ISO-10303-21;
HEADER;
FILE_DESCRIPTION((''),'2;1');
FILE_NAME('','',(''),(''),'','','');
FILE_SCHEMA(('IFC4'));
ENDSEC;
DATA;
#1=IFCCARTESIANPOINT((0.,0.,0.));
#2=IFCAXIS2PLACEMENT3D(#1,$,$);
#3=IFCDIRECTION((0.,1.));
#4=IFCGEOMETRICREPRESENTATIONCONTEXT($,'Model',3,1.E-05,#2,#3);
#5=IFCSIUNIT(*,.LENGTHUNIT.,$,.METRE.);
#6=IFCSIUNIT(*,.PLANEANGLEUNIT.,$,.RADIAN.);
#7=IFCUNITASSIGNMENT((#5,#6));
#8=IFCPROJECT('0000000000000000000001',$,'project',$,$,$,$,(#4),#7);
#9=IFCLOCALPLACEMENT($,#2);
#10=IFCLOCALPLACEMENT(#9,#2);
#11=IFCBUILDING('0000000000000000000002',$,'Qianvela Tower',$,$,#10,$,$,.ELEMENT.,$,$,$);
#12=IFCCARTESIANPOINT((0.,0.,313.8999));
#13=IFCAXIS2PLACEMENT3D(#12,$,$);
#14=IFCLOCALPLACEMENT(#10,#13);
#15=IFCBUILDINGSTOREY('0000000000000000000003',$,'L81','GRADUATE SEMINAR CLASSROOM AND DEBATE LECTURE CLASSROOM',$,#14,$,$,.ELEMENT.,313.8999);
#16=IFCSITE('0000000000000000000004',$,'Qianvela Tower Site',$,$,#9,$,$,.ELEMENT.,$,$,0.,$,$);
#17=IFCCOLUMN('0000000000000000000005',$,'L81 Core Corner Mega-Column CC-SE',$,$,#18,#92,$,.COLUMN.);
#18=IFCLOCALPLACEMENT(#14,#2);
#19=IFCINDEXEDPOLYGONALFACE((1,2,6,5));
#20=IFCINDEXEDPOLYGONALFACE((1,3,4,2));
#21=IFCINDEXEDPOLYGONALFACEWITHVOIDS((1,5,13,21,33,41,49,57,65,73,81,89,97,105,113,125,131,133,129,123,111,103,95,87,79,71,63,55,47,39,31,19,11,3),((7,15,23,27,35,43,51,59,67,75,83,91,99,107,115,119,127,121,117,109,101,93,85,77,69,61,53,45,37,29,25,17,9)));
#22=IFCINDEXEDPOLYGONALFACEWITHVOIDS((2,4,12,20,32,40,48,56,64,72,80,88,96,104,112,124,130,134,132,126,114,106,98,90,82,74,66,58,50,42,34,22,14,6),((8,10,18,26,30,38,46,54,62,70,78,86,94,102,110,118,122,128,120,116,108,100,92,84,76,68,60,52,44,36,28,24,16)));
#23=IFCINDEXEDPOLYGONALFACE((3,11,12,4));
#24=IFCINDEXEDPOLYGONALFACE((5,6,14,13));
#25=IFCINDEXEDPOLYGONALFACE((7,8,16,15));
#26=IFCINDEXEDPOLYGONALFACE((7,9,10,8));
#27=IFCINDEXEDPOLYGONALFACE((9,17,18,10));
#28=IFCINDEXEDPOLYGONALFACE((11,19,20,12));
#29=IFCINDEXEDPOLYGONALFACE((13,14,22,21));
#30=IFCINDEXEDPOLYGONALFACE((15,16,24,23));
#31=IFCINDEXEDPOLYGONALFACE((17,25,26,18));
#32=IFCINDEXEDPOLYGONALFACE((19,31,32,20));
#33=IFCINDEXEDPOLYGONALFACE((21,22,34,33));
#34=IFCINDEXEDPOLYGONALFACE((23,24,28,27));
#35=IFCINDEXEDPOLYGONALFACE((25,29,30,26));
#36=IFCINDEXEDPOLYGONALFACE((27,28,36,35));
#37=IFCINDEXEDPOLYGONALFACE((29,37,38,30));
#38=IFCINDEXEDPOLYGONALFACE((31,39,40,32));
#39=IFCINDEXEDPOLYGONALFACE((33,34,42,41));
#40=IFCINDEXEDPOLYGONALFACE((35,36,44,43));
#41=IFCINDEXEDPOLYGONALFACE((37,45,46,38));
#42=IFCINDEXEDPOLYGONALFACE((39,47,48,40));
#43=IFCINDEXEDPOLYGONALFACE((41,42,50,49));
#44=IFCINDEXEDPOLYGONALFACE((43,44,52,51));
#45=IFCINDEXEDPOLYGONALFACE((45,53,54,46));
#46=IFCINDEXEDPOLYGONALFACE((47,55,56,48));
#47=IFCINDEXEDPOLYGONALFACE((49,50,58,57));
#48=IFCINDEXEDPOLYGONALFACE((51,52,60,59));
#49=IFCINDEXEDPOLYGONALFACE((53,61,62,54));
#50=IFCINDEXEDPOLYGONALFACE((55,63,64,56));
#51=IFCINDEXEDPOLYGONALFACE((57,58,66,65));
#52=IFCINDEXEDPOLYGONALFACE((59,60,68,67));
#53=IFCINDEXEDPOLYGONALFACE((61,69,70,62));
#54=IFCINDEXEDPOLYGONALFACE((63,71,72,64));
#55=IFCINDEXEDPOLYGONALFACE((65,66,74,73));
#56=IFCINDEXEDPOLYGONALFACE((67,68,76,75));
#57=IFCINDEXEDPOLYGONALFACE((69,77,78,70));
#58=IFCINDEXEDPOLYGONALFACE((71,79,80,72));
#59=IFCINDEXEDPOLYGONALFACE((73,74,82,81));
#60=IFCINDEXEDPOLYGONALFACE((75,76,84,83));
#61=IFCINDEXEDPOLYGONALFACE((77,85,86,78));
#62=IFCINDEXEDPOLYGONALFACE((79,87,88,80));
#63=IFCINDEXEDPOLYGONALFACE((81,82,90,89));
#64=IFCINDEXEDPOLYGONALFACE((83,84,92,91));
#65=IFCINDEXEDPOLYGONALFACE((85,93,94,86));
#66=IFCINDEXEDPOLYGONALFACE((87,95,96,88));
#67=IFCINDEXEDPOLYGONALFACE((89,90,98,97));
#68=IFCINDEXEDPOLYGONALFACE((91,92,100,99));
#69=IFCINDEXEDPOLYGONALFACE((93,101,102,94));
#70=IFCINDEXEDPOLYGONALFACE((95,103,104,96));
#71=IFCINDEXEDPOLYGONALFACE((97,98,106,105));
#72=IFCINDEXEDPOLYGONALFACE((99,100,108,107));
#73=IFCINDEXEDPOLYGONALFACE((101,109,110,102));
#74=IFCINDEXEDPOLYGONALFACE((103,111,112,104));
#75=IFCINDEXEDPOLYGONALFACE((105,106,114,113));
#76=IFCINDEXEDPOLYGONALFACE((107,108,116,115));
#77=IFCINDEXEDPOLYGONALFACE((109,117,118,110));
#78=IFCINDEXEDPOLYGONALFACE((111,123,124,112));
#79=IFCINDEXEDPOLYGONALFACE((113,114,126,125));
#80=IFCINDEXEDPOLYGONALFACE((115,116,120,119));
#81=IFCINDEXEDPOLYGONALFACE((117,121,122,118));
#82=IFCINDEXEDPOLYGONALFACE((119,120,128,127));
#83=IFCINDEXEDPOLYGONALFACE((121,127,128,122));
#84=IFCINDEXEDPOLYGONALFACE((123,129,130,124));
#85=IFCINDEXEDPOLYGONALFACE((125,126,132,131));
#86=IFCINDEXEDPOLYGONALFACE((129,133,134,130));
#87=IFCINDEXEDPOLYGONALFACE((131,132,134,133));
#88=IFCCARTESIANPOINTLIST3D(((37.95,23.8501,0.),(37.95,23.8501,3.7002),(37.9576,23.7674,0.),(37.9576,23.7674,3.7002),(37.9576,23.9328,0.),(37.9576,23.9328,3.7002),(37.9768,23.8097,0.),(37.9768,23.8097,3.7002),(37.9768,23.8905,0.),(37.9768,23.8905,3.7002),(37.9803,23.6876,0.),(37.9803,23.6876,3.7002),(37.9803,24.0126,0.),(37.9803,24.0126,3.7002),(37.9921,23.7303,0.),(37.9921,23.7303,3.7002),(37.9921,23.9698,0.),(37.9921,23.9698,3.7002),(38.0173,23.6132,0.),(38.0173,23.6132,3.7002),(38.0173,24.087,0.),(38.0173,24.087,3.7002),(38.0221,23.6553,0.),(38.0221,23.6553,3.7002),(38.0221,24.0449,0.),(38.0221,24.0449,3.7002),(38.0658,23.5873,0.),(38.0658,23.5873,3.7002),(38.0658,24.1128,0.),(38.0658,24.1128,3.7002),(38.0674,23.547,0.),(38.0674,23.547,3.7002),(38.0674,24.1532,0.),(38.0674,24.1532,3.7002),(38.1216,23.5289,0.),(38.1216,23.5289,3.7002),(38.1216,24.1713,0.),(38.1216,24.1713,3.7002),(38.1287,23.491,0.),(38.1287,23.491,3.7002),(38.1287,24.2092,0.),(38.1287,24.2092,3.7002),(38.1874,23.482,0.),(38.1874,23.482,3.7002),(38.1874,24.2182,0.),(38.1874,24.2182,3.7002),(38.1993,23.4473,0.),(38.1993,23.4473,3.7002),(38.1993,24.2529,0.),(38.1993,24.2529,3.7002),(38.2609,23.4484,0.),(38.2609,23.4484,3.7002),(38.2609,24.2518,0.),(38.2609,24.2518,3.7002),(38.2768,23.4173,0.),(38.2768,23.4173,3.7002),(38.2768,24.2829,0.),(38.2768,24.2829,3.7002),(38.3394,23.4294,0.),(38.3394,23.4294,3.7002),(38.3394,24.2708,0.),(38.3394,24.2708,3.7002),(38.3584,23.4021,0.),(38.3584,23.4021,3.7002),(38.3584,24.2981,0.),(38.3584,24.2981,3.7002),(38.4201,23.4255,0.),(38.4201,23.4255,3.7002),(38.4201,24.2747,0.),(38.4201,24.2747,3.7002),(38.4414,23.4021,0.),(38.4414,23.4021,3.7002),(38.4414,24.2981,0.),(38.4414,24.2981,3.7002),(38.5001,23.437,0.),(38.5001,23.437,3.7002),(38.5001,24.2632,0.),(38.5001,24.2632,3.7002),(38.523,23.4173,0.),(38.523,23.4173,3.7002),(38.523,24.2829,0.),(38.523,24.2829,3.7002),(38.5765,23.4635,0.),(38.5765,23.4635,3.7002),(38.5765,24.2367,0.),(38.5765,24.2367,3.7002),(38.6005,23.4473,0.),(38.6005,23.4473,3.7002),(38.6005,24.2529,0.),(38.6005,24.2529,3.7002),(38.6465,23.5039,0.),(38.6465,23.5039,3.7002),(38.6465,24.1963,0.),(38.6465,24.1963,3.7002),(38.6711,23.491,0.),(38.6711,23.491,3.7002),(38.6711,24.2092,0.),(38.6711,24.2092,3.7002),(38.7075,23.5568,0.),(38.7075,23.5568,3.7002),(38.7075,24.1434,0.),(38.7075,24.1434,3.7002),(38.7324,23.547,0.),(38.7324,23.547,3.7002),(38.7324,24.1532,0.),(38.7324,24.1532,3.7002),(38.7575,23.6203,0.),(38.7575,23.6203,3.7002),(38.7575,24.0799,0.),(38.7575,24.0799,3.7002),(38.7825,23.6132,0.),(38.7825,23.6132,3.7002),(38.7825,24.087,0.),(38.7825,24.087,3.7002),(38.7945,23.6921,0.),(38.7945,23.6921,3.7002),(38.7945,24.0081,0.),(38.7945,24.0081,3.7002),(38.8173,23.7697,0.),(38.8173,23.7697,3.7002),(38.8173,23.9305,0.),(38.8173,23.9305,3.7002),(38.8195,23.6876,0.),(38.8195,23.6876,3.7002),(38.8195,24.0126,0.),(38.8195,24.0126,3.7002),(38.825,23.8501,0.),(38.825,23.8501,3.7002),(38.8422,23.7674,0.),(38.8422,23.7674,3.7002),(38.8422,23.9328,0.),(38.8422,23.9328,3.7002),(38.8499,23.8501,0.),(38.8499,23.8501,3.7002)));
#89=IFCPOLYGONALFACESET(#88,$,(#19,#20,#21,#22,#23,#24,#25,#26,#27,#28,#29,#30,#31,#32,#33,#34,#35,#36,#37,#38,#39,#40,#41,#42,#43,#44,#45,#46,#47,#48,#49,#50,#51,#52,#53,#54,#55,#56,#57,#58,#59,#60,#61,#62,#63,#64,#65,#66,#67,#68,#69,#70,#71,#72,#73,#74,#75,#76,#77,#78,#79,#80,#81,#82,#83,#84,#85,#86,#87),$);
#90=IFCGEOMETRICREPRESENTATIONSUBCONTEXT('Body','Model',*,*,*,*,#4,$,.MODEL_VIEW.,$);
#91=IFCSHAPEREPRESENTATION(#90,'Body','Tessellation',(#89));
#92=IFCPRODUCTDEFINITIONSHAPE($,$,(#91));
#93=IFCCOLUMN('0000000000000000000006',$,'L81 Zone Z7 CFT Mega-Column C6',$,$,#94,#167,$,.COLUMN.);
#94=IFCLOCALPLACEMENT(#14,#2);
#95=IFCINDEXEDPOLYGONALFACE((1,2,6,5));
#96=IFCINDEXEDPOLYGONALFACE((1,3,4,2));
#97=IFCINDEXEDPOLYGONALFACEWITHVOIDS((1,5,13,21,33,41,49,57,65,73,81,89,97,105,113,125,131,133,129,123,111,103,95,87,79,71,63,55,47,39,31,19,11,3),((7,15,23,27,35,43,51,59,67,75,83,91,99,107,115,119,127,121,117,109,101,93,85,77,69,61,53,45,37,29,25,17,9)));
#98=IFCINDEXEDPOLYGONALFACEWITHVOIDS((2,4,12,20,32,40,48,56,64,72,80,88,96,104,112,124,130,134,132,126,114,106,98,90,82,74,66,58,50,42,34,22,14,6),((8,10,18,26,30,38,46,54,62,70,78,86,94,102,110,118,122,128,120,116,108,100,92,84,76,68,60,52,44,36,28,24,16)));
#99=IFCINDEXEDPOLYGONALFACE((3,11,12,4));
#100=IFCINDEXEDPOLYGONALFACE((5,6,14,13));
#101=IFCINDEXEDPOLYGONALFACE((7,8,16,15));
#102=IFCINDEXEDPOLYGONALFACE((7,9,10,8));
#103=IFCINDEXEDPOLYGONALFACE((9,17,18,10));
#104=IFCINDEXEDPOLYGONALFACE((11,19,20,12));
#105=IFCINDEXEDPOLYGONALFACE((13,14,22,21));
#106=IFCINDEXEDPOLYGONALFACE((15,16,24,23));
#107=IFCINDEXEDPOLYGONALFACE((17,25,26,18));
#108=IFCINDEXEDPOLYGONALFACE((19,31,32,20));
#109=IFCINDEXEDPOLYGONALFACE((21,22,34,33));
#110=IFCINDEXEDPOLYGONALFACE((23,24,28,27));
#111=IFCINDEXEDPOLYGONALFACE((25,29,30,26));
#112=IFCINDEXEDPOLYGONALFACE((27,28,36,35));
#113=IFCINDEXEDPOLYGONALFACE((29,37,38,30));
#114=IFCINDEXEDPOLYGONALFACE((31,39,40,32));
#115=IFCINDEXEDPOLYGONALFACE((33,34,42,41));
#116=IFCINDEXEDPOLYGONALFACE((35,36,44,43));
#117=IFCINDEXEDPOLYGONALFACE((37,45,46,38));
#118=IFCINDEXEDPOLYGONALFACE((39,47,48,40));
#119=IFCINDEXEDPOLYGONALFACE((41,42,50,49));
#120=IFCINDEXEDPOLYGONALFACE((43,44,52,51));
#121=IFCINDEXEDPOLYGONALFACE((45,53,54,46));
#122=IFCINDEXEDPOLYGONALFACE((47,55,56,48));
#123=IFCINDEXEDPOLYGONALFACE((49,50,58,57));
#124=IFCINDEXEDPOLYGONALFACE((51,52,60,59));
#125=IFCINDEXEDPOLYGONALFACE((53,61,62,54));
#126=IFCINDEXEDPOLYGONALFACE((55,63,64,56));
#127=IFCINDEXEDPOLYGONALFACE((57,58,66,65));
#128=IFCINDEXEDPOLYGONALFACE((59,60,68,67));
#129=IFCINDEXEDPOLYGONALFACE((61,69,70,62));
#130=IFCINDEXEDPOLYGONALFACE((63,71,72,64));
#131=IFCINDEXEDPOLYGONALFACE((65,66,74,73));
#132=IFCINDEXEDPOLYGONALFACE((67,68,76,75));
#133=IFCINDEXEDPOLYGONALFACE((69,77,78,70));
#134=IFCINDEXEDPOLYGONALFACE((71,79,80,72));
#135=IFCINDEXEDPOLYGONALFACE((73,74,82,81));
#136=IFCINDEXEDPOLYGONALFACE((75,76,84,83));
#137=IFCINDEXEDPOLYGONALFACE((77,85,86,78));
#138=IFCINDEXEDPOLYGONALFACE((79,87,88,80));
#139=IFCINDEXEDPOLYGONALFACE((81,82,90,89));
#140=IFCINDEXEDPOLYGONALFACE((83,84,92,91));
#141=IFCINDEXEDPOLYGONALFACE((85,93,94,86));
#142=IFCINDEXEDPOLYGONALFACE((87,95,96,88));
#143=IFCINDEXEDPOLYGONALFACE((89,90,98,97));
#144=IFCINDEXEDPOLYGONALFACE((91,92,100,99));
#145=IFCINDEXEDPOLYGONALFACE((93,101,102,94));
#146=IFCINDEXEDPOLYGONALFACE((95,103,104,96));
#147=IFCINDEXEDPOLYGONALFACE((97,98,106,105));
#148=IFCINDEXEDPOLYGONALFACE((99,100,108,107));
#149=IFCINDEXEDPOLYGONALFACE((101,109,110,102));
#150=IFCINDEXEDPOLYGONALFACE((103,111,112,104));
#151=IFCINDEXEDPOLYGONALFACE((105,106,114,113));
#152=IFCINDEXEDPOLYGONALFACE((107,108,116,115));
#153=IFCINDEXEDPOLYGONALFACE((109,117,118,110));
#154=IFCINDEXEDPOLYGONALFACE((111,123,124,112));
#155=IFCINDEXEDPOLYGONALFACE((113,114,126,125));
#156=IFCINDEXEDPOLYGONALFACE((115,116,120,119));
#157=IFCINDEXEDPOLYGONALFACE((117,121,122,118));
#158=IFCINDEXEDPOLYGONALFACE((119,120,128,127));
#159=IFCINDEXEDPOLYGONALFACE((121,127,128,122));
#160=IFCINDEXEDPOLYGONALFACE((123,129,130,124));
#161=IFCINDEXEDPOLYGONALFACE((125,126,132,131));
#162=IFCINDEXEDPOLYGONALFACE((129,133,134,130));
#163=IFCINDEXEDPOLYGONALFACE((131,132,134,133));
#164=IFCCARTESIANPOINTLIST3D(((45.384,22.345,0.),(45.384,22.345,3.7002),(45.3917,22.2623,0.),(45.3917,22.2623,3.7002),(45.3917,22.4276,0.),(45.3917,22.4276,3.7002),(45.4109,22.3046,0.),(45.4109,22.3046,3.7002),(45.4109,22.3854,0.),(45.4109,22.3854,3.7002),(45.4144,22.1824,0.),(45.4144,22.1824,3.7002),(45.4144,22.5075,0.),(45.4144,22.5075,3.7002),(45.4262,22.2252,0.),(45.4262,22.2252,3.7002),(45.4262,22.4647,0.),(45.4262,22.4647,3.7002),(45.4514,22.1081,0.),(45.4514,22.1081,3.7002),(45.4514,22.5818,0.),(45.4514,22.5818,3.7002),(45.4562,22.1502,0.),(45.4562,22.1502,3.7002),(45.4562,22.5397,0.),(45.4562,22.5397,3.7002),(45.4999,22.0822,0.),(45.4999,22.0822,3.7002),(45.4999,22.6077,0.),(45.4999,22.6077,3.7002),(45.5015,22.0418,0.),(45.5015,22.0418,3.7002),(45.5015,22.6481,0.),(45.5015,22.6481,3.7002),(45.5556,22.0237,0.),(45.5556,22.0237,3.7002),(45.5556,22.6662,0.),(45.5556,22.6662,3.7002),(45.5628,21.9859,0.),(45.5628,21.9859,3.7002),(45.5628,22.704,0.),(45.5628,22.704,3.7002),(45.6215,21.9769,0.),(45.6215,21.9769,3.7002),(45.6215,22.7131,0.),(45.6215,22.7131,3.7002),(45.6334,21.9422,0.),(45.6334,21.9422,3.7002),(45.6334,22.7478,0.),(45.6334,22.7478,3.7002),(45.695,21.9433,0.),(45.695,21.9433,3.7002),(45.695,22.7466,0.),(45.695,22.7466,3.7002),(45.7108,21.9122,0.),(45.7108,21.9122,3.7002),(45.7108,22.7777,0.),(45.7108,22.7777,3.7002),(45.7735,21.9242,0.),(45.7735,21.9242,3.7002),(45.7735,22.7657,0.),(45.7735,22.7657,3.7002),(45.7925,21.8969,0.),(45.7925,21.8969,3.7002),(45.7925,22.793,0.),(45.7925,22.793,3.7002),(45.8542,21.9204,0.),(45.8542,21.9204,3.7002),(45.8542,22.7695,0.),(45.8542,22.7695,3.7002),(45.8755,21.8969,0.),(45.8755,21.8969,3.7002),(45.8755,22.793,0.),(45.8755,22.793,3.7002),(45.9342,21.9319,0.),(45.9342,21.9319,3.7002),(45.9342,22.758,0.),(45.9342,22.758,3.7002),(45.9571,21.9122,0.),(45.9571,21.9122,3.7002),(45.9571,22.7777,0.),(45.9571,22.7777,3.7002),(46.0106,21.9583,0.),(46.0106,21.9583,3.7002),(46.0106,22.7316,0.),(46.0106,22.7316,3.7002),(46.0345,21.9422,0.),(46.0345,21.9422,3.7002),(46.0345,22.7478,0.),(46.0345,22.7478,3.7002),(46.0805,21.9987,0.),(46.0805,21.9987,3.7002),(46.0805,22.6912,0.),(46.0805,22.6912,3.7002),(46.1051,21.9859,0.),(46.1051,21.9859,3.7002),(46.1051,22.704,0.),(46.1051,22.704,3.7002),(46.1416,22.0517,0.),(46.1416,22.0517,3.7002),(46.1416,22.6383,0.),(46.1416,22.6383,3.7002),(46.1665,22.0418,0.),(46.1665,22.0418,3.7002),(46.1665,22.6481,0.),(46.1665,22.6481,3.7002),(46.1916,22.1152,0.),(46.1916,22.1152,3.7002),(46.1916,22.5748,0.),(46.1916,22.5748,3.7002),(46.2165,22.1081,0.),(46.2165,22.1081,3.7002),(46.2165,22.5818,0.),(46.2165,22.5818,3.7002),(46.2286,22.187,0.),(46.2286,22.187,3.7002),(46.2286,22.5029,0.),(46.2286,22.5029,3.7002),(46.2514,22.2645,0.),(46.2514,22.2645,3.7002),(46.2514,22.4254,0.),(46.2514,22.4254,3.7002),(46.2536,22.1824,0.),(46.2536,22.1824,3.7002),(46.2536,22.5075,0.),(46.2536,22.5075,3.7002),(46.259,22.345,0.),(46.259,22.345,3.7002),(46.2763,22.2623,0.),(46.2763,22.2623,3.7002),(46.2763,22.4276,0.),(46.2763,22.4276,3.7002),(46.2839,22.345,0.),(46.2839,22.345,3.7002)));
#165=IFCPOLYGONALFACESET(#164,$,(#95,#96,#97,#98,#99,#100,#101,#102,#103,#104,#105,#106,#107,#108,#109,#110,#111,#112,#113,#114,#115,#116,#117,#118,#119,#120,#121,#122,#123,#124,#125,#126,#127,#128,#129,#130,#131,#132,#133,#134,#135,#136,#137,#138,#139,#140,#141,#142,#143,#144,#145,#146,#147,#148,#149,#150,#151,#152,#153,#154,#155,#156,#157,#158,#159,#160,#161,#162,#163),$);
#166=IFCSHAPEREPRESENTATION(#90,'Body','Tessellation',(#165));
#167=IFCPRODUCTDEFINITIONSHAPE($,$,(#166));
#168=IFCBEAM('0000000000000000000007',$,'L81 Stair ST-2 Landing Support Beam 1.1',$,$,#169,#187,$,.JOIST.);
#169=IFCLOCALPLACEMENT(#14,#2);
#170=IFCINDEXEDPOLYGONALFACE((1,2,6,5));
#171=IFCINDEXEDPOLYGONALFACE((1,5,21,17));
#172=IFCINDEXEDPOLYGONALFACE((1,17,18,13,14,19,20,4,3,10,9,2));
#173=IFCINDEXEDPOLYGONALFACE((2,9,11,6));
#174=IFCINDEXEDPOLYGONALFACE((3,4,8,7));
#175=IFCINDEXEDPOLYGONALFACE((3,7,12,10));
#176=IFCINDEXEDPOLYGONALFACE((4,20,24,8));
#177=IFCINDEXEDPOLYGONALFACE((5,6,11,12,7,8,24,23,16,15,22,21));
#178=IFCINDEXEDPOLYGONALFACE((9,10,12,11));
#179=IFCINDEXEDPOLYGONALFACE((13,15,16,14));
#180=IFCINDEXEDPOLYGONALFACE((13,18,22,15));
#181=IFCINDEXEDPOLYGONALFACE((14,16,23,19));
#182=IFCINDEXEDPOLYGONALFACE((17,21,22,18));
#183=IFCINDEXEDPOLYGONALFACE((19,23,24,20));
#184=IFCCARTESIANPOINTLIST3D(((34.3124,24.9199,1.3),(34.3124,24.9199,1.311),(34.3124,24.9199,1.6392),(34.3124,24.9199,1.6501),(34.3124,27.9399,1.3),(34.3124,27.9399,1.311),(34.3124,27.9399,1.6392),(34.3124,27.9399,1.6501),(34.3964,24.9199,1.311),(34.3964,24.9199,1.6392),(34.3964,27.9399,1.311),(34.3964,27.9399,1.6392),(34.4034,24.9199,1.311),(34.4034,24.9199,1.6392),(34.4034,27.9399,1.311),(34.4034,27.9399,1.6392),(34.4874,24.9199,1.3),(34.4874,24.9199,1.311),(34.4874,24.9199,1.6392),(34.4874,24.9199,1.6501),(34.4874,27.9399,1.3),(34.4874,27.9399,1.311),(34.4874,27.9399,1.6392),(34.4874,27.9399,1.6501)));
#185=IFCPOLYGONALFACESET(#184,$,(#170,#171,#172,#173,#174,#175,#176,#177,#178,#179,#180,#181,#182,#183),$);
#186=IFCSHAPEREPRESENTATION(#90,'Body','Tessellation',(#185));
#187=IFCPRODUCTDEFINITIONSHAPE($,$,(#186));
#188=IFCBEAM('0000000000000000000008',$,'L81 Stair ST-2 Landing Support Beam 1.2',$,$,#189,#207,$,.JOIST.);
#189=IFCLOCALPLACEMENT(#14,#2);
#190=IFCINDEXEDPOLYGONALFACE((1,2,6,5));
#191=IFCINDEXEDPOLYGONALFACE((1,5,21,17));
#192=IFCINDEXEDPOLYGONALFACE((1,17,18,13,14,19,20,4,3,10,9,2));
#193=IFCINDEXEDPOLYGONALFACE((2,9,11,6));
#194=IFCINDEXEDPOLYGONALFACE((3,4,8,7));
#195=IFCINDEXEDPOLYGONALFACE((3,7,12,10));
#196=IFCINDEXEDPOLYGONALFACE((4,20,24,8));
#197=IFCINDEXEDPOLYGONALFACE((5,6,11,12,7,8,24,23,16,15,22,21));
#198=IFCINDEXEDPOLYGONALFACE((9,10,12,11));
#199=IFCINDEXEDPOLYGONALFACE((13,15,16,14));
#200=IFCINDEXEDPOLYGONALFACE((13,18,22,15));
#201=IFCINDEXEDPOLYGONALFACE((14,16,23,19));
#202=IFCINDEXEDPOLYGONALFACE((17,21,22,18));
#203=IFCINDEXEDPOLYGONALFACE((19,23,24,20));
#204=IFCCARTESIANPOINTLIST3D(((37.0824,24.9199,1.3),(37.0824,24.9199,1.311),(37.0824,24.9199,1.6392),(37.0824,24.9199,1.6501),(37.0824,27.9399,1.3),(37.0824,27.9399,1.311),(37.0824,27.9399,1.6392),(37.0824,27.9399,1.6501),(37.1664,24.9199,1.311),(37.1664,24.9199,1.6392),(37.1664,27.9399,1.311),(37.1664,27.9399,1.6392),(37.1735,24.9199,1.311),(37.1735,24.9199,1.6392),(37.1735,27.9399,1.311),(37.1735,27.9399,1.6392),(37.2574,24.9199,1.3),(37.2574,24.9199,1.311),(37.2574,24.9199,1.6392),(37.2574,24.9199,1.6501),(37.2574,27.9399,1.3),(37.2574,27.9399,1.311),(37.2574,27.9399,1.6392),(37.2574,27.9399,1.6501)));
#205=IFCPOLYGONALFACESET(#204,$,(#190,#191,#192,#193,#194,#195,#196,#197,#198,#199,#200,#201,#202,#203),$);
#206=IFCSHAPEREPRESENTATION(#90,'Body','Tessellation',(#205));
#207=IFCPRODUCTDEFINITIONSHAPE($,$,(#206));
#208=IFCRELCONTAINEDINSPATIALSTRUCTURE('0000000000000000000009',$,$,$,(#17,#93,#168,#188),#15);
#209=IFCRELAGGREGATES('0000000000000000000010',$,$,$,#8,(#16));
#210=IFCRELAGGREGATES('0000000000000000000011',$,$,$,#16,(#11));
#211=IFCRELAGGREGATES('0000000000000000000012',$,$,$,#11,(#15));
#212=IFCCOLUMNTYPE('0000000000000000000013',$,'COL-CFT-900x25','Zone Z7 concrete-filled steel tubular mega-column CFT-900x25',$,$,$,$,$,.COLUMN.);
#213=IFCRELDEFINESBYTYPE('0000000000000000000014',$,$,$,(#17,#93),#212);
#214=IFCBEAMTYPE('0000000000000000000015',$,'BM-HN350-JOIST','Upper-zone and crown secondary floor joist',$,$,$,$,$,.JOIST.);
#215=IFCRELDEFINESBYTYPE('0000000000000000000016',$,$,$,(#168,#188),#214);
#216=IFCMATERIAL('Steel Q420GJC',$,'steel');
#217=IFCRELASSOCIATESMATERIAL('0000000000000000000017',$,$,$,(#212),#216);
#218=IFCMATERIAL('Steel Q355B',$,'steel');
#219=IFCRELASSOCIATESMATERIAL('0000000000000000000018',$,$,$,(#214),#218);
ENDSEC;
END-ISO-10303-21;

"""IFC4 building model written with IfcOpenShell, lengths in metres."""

from ifc_helpers import new_model, si_unit, direction, frame, origin, origin_2d, place, context, subcontext, project, spatial, hollow_circle, i_section, extrude, material, material_profile, profile_set, type_object, element, save


model = new_model("IFC4")

# Units and contexts
model_context = context("Model", 3, precision=1e-05, world=origin(), true_north=direction((0.0, 1.0)))
body_context = subcontext(model_context, "Body", "Model", "MODEL_VIEW")
ifc_project = project(units=[si_unit("LENGTHUNIT", "METRE"), si_unit("PLANEANGLEUNIT", "RADIAN")], contexts=[model_context])

# Site, building, storey
site_placement = place(None, origin())
site = spatial("IfcSite", under=ifc_project, at=site_placement, Name="Qianvela Tower Site", CompositionType="ELEMENT", RefElevation=0.0)
building_placement = place(site_placement, origin())
building = spatial("IfcBuilding", under=site, at=building_placement, Name="Qianvela Tower", CompositionType="ELEMENT")
storey_placement = place(building_placement, frame((0.0, 0.0, 313.8999)))
storey = spatial("IfcBuildingStorey", under=building, at=storey_placement, Name="L81", Description="GRADUATE SEMINAR CLASSROOM AND DEBATE LECTURE CLASSROOM", CompositionType="ELEMENT", Elevation=313.8999)

# Columns
ifc_material_1 = material(Name="Steel Q420GJC", Category="steel")
ifc_material_profile_1 = material_profile(ifc_material_1, hollow_circle(Radius=0.45, WallThickness=0.0249, at=origin_2d()), Name="CFT-900x25")
ifc_profile_set_1 = profile_set([ifc_material_profile_1], Name="Steel Q420GJC")
column_type = type_object("IfcColumnType", Name="COL-CFT-900x25", Description="Zone Z7 concrete-filled steel tubular mega-column CFT-900x25", PredefinedType="COLUMN", material=ifc_profile_set_1)
for number, where, z_axis, x_axis, name in (
    (1, (38.3999, 23.8501, 0.0), (0.0, 0.0, 1.0), (1.0, 0.0, 0.0), "L81 Core Corner Mega-Column CC-SE"),
    (2, (45.834, 22.345, 0.0), (0.0, 0.0, 1.0), (1.0, 0.0, 0.0), "L81 Zone Z7 CFT Mega-Column C6"),
):
    element("IfcColumn", number, at=place(storey_placement, frame(where, z_axis=z_axis, x_axis=x_axis)), inside=storey, type_object=column_type, Name=name, PredefinedType="COLUMN", context=body_context, shape_type="SweptSolid", body=[
        extrude(hollow_circle(Radius=0.45, WallThickness=0.0249, at=origin_2d()), origin(), (0.0, 0.0, 1.0), 3.7002),
    ])

# Beams
ifc_material_2 = material(Name="Steel Q355B", Category="steel")
ifc_material_profile_2 = material_profile(ifc_material_2, i_section(OverallWidth=0.175, OverallDepth=0.3501, WebThickness=0.0071, FlangeThickness=0.011, at=origin_2d()), Name="HN350x175x7x11")
ifc_profile_set_2 = profile_set([ifc_material_profile_2], Name="Steel Q355B")
beam_type_1 = type_object("IfcBeamType", Name="BM-HN350-JOIST", Description="Upper-zone and crown secondary floor joist", PredefinedType="JOIST", material=ifc_profile_set_2)
for number, where, z_axis, x_axis, name in (
    (3, (34.3999, 24.9199, 1.4751), (0.0, 1.0, 0.0), (-1.0, 0.0, 0.0), "L81 Stair ST-2 Landing Support Beam 1.1"),
    (4, (37.1699, 24.9199, 1.4751), (0.0, 1.0, 0.0), (-1.0, 0.0, 0.0), "L81 Stair ST-2 Landing Support Beam 1.2"),
):
    element("IfcBeam", number, at=place(storey_placement, frame(where, z_axis=z_axis, x_axis=x_axis)), inside=storey, type_object=beam_type_1, Name=name, PredefinedType="JOIST", context=body_context, shape_type="SweptSolid", body=[
        extrude(i_section(OverallWidth=0.175, OverallDepth=0.3501, WebThickness=0.0071, FlangeThickness=0.011, at=origin_2d()), origin(), (0.0, 0.0, 1.0), 3.02),
    ])

save(model, "model.ifc")
